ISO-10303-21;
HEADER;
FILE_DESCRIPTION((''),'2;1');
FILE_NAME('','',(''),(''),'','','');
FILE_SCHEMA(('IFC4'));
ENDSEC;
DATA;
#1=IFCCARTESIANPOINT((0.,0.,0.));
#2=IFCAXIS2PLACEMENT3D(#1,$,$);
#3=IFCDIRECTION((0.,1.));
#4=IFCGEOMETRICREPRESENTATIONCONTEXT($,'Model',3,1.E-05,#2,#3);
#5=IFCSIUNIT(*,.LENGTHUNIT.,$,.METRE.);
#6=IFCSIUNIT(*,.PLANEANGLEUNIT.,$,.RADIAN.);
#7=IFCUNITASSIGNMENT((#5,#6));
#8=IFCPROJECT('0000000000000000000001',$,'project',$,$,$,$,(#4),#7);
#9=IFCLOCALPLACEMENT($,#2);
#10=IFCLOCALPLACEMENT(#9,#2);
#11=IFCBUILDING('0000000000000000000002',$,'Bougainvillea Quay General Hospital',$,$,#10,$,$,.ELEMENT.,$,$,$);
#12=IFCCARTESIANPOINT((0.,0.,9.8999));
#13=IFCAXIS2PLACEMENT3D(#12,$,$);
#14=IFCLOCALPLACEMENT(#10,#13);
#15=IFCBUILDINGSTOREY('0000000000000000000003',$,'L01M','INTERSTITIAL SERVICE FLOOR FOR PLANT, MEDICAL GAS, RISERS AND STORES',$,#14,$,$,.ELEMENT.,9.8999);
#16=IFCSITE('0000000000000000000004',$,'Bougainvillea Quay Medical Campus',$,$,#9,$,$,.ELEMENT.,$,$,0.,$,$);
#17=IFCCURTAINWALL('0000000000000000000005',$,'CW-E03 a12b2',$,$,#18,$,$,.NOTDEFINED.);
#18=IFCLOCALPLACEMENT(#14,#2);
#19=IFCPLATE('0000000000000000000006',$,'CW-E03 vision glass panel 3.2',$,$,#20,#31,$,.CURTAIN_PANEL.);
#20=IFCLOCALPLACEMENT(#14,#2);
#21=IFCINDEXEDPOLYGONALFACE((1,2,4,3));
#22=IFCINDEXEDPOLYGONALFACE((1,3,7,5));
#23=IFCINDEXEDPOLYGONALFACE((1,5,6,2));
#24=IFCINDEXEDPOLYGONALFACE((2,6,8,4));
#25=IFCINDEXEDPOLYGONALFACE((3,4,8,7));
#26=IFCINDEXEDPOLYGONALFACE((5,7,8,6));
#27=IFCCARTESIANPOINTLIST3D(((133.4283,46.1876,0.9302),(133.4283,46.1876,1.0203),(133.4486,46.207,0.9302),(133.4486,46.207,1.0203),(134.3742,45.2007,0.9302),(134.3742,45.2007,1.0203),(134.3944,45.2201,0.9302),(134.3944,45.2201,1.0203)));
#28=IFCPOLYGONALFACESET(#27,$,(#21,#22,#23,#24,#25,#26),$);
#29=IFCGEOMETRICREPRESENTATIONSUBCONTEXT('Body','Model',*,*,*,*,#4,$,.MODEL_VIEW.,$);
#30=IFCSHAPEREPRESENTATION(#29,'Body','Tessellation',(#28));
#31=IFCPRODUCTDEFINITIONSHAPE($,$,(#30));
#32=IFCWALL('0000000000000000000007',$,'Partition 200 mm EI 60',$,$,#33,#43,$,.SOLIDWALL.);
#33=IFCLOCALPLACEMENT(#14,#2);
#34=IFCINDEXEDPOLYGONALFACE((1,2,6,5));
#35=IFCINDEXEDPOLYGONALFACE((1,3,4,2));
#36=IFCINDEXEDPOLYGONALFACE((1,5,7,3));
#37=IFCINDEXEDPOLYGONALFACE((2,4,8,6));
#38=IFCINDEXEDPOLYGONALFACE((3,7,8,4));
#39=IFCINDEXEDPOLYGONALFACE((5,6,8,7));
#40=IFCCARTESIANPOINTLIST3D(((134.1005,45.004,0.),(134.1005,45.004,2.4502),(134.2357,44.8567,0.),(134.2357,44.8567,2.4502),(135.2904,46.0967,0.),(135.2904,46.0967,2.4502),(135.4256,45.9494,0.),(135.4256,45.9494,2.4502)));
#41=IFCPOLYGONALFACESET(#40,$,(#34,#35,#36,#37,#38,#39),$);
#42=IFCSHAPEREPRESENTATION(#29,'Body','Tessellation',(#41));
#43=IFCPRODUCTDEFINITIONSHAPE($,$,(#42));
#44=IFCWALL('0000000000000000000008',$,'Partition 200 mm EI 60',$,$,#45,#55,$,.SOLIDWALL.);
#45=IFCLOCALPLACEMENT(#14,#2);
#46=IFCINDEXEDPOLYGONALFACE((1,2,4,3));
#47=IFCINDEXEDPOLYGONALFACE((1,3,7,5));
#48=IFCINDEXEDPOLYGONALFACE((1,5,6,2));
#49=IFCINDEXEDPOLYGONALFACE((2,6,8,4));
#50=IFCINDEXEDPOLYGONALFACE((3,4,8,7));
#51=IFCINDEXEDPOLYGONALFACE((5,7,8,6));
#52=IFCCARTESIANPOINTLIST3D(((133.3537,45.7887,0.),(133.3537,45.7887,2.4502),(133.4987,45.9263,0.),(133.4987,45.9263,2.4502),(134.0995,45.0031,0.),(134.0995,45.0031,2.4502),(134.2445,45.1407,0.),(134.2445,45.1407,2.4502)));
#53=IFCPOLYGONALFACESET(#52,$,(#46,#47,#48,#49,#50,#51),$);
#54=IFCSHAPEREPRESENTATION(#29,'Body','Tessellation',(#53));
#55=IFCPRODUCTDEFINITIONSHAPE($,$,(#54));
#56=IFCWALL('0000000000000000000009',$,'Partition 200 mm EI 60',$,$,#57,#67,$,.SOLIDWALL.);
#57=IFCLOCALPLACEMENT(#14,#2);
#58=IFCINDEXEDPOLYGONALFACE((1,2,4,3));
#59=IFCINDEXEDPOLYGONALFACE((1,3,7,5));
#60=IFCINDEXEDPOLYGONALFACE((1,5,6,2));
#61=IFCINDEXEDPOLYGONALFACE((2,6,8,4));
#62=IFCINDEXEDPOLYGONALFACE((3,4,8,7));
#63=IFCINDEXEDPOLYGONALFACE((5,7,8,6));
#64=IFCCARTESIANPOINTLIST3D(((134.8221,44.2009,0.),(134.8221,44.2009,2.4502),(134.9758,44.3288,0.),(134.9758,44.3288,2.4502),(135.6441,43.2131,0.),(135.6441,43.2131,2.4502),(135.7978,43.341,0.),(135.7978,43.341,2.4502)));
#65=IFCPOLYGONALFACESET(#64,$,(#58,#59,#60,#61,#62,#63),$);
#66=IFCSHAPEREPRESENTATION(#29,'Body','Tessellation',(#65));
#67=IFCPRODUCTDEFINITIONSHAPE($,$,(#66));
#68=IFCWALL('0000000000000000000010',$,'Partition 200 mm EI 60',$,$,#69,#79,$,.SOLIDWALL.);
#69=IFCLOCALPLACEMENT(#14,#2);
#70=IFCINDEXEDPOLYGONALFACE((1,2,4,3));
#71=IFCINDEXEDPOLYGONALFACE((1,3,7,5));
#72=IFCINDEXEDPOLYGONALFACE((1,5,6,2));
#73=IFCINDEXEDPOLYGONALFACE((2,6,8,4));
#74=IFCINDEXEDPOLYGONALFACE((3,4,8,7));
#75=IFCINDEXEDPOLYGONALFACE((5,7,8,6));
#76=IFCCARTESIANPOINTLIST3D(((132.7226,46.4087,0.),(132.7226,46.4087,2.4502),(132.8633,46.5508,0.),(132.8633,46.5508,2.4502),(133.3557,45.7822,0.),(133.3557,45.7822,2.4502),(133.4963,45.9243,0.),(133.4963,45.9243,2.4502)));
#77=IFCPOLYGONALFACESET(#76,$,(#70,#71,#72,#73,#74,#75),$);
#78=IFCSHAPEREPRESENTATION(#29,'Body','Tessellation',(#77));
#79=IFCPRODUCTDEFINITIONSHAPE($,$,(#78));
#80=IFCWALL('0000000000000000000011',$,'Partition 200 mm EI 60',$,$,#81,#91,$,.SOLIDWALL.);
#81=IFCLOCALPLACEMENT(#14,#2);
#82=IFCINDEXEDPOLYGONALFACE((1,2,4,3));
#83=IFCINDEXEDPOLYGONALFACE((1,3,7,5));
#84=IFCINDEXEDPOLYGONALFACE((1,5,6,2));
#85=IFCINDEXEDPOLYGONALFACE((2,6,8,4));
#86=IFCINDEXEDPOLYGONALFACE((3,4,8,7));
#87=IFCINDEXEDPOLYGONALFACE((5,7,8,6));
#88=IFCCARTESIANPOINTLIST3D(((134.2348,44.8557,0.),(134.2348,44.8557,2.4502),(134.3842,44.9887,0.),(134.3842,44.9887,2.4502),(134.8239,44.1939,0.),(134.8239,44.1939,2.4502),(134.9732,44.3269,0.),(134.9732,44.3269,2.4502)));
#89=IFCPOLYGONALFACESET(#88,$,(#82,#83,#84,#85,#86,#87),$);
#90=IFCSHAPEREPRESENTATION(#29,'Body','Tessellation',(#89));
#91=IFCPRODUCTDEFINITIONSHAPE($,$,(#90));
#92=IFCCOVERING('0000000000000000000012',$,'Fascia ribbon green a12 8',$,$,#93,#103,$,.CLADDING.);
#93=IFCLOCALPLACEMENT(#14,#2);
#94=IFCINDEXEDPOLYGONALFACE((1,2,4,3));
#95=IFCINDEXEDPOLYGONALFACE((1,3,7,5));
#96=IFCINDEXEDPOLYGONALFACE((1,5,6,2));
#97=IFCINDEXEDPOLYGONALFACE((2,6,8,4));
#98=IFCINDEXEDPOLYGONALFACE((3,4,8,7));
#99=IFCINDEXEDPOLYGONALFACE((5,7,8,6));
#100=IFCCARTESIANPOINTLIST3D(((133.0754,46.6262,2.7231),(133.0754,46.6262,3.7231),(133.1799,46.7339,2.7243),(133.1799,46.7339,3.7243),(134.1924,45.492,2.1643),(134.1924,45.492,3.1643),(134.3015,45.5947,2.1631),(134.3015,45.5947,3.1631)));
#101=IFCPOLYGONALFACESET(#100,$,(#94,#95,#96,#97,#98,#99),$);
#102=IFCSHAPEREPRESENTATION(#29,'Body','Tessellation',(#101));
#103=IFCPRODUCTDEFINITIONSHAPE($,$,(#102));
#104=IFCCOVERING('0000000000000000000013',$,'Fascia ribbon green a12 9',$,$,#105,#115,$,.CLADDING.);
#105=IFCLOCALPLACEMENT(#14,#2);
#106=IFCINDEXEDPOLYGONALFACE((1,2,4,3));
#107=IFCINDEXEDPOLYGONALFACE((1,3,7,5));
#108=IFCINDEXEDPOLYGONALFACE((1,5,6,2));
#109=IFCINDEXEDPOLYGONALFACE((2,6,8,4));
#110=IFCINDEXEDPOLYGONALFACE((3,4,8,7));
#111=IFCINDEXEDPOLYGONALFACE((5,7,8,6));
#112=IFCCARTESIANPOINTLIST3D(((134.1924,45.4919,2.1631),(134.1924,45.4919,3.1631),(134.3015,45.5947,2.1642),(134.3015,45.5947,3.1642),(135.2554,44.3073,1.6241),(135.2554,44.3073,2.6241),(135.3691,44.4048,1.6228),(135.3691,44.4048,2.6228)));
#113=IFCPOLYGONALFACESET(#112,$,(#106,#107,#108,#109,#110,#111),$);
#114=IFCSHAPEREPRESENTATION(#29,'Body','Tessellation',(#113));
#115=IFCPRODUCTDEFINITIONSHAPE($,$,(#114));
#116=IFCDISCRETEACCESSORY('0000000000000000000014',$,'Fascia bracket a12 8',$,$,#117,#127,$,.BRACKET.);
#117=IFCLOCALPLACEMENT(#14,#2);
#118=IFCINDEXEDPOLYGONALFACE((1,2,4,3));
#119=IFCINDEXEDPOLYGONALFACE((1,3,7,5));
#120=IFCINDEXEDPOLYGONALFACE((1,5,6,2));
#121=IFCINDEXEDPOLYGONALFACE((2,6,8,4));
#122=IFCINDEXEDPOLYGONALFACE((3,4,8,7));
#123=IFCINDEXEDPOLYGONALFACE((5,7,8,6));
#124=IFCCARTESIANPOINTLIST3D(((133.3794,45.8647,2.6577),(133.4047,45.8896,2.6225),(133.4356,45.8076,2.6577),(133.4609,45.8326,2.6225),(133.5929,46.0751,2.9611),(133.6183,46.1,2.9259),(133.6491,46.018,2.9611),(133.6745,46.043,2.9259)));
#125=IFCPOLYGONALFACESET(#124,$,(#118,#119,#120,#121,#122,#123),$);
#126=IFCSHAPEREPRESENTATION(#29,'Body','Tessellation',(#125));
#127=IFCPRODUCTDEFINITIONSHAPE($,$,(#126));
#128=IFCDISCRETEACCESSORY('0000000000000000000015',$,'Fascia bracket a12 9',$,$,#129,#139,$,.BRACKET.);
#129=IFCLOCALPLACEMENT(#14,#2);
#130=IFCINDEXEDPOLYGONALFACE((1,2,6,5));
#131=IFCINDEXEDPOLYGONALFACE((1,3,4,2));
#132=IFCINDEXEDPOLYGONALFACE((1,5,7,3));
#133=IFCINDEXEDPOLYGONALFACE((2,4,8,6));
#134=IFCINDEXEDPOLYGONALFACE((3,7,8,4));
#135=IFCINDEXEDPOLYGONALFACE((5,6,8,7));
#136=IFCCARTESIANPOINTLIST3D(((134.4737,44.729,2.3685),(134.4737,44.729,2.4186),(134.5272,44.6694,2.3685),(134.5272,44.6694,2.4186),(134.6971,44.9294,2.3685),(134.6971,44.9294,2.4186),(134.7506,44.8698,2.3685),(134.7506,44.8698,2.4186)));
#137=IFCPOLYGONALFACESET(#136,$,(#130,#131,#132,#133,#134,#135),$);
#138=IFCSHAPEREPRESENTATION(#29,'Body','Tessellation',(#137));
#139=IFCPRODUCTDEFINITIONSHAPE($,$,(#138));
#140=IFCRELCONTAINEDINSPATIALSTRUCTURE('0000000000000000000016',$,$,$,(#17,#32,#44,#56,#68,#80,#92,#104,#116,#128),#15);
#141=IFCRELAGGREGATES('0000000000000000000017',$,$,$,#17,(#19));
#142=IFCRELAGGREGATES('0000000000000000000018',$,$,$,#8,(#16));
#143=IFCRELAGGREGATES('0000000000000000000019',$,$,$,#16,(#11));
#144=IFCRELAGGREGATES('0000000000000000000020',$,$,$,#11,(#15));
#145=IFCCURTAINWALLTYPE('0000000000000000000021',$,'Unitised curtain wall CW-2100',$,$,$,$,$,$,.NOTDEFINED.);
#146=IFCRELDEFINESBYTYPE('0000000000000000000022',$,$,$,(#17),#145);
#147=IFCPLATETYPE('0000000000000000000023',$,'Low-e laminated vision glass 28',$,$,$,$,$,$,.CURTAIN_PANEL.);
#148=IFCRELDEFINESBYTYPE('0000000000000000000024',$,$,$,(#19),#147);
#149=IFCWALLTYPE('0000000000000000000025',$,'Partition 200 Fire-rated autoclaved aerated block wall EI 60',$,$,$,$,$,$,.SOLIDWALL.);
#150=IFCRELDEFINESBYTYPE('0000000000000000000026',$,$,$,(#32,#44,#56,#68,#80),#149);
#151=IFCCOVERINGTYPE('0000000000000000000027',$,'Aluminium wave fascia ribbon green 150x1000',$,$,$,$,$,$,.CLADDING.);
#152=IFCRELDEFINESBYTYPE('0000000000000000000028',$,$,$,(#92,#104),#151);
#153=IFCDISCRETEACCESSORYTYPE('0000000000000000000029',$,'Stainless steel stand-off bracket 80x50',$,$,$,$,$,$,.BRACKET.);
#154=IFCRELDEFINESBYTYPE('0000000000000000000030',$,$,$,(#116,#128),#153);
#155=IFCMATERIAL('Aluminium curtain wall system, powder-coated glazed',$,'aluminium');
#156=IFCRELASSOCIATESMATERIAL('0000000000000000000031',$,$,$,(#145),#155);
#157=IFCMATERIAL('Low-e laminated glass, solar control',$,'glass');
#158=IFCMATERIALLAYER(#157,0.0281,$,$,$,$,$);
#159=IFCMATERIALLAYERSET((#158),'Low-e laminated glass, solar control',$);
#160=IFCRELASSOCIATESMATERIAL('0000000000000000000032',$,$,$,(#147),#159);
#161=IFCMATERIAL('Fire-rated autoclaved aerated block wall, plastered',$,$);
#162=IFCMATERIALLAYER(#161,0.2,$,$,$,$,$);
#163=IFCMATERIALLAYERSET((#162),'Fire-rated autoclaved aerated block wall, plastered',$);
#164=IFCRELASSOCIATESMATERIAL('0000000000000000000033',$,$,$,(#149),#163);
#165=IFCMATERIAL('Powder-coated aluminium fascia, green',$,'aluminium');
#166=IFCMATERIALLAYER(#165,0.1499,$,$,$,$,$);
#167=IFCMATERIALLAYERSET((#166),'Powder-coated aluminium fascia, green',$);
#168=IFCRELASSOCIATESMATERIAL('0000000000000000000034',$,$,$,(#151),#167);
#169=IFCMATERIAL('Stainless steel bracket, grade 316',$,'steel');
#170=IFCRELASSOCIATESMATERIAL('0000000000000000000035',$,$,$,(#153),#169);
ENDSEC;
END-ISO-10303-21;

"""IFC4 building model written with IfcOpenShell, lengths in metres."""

from ifc_helpers import new_model, si_unit, direction, frame, frame_2d, origin, origin_2d, place, context, subcontext, project, spatial, polyline, rectangle, outline, extrude, material, layer, layer_set, material_profile, profile_set, type_object, element, aggregate, save


model = new_model("IFC4")

# Units and contexts
model_context = context("Model", 3, precision=1e-05, world=origin(), true_north=direction((0.0, 1.0)))
body_context = subcontext(model_context, "Body", "Model", "MODEL_VIEW")
ifc_project = project(units=[si_unit("LENGTHUNIT", "METRE"), si_unit("PLANEANGLEUNIT", "RADIAN")], contexts=[model_context])

# Site, building, storey
site_placement = place(None, origin())
site = spatial("IfcSite", under=ifc_project, at=site_placement, Name="Bougainvillea Quay Medical Campus", CompositionType="ELEMENT", RefElevation=0.0)
building_placement = place(site_placement, origin())
building = spatial("IfcBuilding", under=site, at=building_placement, Name="Bougainvillea Quay General Hospital", CompositionType="ELEMENT")
storey_placement = place(building_placement, frame((0.0, 0.0, 9.8999)))
storey = spatial("IfcBuildingStorey", under=building, at=storey_placement, Name="L01M", Description="INTERSTITIAL SERVICE FLOOR FOR PLANT, MEDICAL GAS, RISERS AND STORES", CompositionType="ELEMENT", Elevation=9.8999)

# Curtain wall
ifc_material_1 = material(Name="Aluminium curtain wall system, powder-coated glazed", Category="aluminium")
curtain_wall_type = type_object("IfcCurtainWallType", Name="Unitised curtain wall CW-2100", PredefinedType="NOTDEFINED", material=ifc_material_1)
curtain_wall_1_placement = place(storey_placement, origin())
curtain_wall_1 = element("IfcCurtainWall", 1, at=curtain_wall_1_placement, inside=storey, type_object=curtain_wall_type, Name="CW-E03 a12b2", PredefinedType="NOTDEFINED")

# Plate
ifc_material_2 = material(Name="Low-e laminated glass, solar control", Category="glass")
ifc_layer_1 = layer(ifc_material_2, 0.0281)
ifc_layer_set_1 = layer_set([ifc_layer_1], Name="Low-e laminated glass, solar control")
plate_type_1 = type_object("IfcPlateType", Name="Low-e laminated vision glass 28", PredefinedType="CURTAIN_PANEL", material=ifc_layer_set_1)
plate_1_placement = place(storey_placement, frame((133.9114, 45.7039, 0.9302), z_axis=(0.0, 0.0, 1.0), x_axis=(0.691925, -0.72197, 0.0)))
plate_1 = element("IfcPlate", 2, at=plate_1_placement, type_object=plate_type_1, Name="CW-E03 vision glass panel 3.2", PredefinedType="CURTAIN_PANEL", context=body_context, shape_type="SweptSolid", body=[
    extrude(rectangle(XDim=1.3669, YDim=0.0281, at=origin_2d()), origin(), (0.0, 0.0, 1.0), 0.0901),
])
aggregate(curtain_wall_1, [plate_1])

# Walls
ifc_material_3 = material(Name="Fire-rated autoclaved aerated block wall, plastered")
ifc_layer_2 = layer(ifc_material_3, 0.2)
ifc_layer_set_2 = layer_set([ifc_layer_2], Name="Fire-rated autoclaved aerated block wall, plastered")
wall_type = type_object("IfcWallType", Name="Partition 200 Fire-rated autoclaved aerated block wall EI 60", PredefinedType="SOLIDWALL", material=ifc_layer_set_2)
wall_1_placement = place(storey_placement, frame((134.1682, 44.9304, 0.0), z_axis=(0.0, 0.0, 1.0), x_axis=(0.736539, 0.676395, 0.0)))
element("IfcWall", 3, at=wall_1_placement, inside=storey, type_object=wall_type, Name="Partition 200 mm EI 60", PredefinedType="SOLIDWALL", context=body_context, shape_type="SweptSolid", body=[
    extrude(rectangle(XDim=1.6155, YDim=0.2, at=frame_2d((0.8076, 0.0))), origin(), (0.0, 0.0, 1.0), 2.4502),
])
wall_2_placement = place(storey_placement, frame((133.4263, 45.8574, 0.0), z_axis=(0.0, 0.0, 1.0), x_axis=(0.688501, -0.725236, 0.0)))
element("IfcWall", 4, at=wall_2_placement, inside=storey, type_object=wall_type, Name="Partition 200 mm EI 60", PredefinedType="SOLIDWALL", context=body_context, shape_type="SweptSolid", body=[
    extrude(rectangle(XDim=1.0833, YDim=0.2, at=frame_2d((0.5415, 0.0))), origin(), (0.0, 0.0, 1.0), 2.4502),
])
wall_3_placement = place(storey_placement, frame((134.8989, 44.2649, 0.0), z_axis=(0.0, 0.0, 1.0), x_axis=(0.639661, -0.768657, 0.0)))
element("IfcWall", 5, at=wall_3_placement, inside=storey, type_object=wall_type, Name="Partition 200 mm EI 60", PredefinedType="SOLIDWALL", context=body_context, shape_type="SweptSolid", body=[
    extrude(rectangle(XDim=1.2852, YDim=0.2, at=frame_2d((0.6426, 0.0))), origin(), (0.0, 0.0, 1.0), 2.4502),
])
wall_4_placement = place(storey_placement, frame((132.793, 46.4797, 0.0), z_axis=(0.0, 0.0, 1.0), x_axis=(0.710798, -0.703396, 0.0)))
element("IfcWall", 6, at=wall_4_placement, inside=storey, type_object=wall_type, Name="Partition 200 mm EI 60", PredefinedType="SOLIDWALL", context=body_context, shape_type="SweptSolid", body=[
    extrude(rectangle(XDim=0.8906, YDim=0.2, at=frame_2d((0.4453, 0.0))), origin(), (0.0, 0.0, 1.0), 2.4502),
])
wall_5_placement = place(storey_placement, frame((134.3096, 44.9221, 0.0), z_axis=(0.0, 0.0, 1.0), x_axis=(0.66486, -0.746968, 0.0)))
element("IfcWall", 7, at=wall_5_placement, inside=storey, type_object=wall_type, Name="Partition 200 mm EI 60", PredefinedType="SOLIDWALL", context=body_context, shape_type="SweptSolid", body=[
    extrude(rectangle(XDim=0.886, YDim=0.2, at=frame_2d((0.4429, 0.0))), origin(), (0.0, 0.0, 1.0), 2.4502),
])

# Coverings
ifc_material_4 = material(Name="Powder-coated aluminium fascia, green", Category="aluminium")
ifc_layer_3 = layer(ifc_material_4, 0.1499)
ifc_layer_set_3 = layer_set([ifc_layer_3], Name="Powder-coated aluminium fascia, green")
covering_type = type_object("IfcCoveringType", Name="Aluminium wave fascia ribbon green 150x1000", PredefinedType="CLADDING", material=ifc_layer_set_3)
covering_1_placement = place(storey_placement, frame((133.0754, 46.6262, 2.7231), z_axis=(0.232472, -0.235978, 0.943542), x_axis=(0.662028, -0.672302, -0.331254)))
element("IfcCovering", 8, at=covering_1_placement, inside=storey, type_object=covering_type, Name="Fascia ribbon green a12 8", PredefinedType="CLADDING", context=body_context, shape_type="SweptSolid", body=[
    extrude(outline(polyline([(0.0, 0.0), (1.6871, 0.0), (1.6907, 0.1499), (-0.0036, 0.15), (0.0, 0.0)])), origin(), (-0.331254, -0.000067, 0.943542), 1.0),
])
covering_2_placement = place(storey_placement, frame((134.1924, 45.4919, 2.1631), z_axis=(0.214892, -0.238109, 0.947167), x_axis=(0.632593, -0.704948, -0.32074)))
element("IfcCovering", 9, at=covering_2_placement, inside=storey, type_object=covering_type, Name="Fascia ribbon green a12 9", PredefinedType="CLADDING", context=body_context, shape_type="SweptSolid", body=[
    extrude(outline(polyline([(0.0, 0.0), (1.6804, 0.0), (1.6841, 0.1497), (-0.0037, 0.1499), (0.0, 0.0)])), origin(), (-0.32074, -0.000862, 0.947167), 1.0),
])

# Discrete accessories
ifc_material_5 = material(Name="Stainless steel bracket, grade 316", Category="steel")
ifc_material_profile_1 = material_profile(ifc_material_5, rectangle(XDim=0.0801, YDim=0.05, at=origin_2d()))
ifc_profile_set_1 = profile_set([ifc_material_profile_1], Name="Stainless steel bracket, grade 316")
discrete_accessory_type = type_object("IfcDiscreteAccessoryType", Name="Stainless steel stand-off bracket 80x50", PredefinedType="BRACKET", material=ifc_profile_set_1)
discrete_accessory_1_placement = place(storey_placement, frame((133.4202, 45.8486, 2.6401), z_axis=(0.500718, 0.493279, 0.711306), x_axis=(-0.701795, 0.712379, 0.0)))
element("IfcDiscreteAccessory", 10, at=discrete_accessory_1_placement, inside=storey, type_object=discrete_accessory_type, Name="Fascia bracket a12 8", PredefinedType="BRACKET", context=body_context, shape_type="SweptSolid", body=[
    extrude(rectangle(XDim=0.0801, YDim=0.05, at=origin_2d()), origin(), (0.0, 0.0, 1.0), 0.4265),
])
discrete_accessory_2_placement = place(storey_placement, frame((134.5005, 44.6992, 2.3936), z_axis=(0.744304, 0.66784, 0.0), x_axis=(-0.66784, 0.744304, 0.0)))
element("IfcDiscreteAccessory", 11, at=discrete_accessory_2_placement, inside=storey, type_object=discrete_accessory_type, Name="Fascia bracket a12 9", PredefinedType="BRACKET", context=body_context, shape_type="SweptSolid", body=[
    extrude(rectangle(XDim=0.0801, YDim=0.05, at=origin_2d()), origin(), (0.0, 0.0, 1.0), 0.3),
])

save(model, "model.ifc")
